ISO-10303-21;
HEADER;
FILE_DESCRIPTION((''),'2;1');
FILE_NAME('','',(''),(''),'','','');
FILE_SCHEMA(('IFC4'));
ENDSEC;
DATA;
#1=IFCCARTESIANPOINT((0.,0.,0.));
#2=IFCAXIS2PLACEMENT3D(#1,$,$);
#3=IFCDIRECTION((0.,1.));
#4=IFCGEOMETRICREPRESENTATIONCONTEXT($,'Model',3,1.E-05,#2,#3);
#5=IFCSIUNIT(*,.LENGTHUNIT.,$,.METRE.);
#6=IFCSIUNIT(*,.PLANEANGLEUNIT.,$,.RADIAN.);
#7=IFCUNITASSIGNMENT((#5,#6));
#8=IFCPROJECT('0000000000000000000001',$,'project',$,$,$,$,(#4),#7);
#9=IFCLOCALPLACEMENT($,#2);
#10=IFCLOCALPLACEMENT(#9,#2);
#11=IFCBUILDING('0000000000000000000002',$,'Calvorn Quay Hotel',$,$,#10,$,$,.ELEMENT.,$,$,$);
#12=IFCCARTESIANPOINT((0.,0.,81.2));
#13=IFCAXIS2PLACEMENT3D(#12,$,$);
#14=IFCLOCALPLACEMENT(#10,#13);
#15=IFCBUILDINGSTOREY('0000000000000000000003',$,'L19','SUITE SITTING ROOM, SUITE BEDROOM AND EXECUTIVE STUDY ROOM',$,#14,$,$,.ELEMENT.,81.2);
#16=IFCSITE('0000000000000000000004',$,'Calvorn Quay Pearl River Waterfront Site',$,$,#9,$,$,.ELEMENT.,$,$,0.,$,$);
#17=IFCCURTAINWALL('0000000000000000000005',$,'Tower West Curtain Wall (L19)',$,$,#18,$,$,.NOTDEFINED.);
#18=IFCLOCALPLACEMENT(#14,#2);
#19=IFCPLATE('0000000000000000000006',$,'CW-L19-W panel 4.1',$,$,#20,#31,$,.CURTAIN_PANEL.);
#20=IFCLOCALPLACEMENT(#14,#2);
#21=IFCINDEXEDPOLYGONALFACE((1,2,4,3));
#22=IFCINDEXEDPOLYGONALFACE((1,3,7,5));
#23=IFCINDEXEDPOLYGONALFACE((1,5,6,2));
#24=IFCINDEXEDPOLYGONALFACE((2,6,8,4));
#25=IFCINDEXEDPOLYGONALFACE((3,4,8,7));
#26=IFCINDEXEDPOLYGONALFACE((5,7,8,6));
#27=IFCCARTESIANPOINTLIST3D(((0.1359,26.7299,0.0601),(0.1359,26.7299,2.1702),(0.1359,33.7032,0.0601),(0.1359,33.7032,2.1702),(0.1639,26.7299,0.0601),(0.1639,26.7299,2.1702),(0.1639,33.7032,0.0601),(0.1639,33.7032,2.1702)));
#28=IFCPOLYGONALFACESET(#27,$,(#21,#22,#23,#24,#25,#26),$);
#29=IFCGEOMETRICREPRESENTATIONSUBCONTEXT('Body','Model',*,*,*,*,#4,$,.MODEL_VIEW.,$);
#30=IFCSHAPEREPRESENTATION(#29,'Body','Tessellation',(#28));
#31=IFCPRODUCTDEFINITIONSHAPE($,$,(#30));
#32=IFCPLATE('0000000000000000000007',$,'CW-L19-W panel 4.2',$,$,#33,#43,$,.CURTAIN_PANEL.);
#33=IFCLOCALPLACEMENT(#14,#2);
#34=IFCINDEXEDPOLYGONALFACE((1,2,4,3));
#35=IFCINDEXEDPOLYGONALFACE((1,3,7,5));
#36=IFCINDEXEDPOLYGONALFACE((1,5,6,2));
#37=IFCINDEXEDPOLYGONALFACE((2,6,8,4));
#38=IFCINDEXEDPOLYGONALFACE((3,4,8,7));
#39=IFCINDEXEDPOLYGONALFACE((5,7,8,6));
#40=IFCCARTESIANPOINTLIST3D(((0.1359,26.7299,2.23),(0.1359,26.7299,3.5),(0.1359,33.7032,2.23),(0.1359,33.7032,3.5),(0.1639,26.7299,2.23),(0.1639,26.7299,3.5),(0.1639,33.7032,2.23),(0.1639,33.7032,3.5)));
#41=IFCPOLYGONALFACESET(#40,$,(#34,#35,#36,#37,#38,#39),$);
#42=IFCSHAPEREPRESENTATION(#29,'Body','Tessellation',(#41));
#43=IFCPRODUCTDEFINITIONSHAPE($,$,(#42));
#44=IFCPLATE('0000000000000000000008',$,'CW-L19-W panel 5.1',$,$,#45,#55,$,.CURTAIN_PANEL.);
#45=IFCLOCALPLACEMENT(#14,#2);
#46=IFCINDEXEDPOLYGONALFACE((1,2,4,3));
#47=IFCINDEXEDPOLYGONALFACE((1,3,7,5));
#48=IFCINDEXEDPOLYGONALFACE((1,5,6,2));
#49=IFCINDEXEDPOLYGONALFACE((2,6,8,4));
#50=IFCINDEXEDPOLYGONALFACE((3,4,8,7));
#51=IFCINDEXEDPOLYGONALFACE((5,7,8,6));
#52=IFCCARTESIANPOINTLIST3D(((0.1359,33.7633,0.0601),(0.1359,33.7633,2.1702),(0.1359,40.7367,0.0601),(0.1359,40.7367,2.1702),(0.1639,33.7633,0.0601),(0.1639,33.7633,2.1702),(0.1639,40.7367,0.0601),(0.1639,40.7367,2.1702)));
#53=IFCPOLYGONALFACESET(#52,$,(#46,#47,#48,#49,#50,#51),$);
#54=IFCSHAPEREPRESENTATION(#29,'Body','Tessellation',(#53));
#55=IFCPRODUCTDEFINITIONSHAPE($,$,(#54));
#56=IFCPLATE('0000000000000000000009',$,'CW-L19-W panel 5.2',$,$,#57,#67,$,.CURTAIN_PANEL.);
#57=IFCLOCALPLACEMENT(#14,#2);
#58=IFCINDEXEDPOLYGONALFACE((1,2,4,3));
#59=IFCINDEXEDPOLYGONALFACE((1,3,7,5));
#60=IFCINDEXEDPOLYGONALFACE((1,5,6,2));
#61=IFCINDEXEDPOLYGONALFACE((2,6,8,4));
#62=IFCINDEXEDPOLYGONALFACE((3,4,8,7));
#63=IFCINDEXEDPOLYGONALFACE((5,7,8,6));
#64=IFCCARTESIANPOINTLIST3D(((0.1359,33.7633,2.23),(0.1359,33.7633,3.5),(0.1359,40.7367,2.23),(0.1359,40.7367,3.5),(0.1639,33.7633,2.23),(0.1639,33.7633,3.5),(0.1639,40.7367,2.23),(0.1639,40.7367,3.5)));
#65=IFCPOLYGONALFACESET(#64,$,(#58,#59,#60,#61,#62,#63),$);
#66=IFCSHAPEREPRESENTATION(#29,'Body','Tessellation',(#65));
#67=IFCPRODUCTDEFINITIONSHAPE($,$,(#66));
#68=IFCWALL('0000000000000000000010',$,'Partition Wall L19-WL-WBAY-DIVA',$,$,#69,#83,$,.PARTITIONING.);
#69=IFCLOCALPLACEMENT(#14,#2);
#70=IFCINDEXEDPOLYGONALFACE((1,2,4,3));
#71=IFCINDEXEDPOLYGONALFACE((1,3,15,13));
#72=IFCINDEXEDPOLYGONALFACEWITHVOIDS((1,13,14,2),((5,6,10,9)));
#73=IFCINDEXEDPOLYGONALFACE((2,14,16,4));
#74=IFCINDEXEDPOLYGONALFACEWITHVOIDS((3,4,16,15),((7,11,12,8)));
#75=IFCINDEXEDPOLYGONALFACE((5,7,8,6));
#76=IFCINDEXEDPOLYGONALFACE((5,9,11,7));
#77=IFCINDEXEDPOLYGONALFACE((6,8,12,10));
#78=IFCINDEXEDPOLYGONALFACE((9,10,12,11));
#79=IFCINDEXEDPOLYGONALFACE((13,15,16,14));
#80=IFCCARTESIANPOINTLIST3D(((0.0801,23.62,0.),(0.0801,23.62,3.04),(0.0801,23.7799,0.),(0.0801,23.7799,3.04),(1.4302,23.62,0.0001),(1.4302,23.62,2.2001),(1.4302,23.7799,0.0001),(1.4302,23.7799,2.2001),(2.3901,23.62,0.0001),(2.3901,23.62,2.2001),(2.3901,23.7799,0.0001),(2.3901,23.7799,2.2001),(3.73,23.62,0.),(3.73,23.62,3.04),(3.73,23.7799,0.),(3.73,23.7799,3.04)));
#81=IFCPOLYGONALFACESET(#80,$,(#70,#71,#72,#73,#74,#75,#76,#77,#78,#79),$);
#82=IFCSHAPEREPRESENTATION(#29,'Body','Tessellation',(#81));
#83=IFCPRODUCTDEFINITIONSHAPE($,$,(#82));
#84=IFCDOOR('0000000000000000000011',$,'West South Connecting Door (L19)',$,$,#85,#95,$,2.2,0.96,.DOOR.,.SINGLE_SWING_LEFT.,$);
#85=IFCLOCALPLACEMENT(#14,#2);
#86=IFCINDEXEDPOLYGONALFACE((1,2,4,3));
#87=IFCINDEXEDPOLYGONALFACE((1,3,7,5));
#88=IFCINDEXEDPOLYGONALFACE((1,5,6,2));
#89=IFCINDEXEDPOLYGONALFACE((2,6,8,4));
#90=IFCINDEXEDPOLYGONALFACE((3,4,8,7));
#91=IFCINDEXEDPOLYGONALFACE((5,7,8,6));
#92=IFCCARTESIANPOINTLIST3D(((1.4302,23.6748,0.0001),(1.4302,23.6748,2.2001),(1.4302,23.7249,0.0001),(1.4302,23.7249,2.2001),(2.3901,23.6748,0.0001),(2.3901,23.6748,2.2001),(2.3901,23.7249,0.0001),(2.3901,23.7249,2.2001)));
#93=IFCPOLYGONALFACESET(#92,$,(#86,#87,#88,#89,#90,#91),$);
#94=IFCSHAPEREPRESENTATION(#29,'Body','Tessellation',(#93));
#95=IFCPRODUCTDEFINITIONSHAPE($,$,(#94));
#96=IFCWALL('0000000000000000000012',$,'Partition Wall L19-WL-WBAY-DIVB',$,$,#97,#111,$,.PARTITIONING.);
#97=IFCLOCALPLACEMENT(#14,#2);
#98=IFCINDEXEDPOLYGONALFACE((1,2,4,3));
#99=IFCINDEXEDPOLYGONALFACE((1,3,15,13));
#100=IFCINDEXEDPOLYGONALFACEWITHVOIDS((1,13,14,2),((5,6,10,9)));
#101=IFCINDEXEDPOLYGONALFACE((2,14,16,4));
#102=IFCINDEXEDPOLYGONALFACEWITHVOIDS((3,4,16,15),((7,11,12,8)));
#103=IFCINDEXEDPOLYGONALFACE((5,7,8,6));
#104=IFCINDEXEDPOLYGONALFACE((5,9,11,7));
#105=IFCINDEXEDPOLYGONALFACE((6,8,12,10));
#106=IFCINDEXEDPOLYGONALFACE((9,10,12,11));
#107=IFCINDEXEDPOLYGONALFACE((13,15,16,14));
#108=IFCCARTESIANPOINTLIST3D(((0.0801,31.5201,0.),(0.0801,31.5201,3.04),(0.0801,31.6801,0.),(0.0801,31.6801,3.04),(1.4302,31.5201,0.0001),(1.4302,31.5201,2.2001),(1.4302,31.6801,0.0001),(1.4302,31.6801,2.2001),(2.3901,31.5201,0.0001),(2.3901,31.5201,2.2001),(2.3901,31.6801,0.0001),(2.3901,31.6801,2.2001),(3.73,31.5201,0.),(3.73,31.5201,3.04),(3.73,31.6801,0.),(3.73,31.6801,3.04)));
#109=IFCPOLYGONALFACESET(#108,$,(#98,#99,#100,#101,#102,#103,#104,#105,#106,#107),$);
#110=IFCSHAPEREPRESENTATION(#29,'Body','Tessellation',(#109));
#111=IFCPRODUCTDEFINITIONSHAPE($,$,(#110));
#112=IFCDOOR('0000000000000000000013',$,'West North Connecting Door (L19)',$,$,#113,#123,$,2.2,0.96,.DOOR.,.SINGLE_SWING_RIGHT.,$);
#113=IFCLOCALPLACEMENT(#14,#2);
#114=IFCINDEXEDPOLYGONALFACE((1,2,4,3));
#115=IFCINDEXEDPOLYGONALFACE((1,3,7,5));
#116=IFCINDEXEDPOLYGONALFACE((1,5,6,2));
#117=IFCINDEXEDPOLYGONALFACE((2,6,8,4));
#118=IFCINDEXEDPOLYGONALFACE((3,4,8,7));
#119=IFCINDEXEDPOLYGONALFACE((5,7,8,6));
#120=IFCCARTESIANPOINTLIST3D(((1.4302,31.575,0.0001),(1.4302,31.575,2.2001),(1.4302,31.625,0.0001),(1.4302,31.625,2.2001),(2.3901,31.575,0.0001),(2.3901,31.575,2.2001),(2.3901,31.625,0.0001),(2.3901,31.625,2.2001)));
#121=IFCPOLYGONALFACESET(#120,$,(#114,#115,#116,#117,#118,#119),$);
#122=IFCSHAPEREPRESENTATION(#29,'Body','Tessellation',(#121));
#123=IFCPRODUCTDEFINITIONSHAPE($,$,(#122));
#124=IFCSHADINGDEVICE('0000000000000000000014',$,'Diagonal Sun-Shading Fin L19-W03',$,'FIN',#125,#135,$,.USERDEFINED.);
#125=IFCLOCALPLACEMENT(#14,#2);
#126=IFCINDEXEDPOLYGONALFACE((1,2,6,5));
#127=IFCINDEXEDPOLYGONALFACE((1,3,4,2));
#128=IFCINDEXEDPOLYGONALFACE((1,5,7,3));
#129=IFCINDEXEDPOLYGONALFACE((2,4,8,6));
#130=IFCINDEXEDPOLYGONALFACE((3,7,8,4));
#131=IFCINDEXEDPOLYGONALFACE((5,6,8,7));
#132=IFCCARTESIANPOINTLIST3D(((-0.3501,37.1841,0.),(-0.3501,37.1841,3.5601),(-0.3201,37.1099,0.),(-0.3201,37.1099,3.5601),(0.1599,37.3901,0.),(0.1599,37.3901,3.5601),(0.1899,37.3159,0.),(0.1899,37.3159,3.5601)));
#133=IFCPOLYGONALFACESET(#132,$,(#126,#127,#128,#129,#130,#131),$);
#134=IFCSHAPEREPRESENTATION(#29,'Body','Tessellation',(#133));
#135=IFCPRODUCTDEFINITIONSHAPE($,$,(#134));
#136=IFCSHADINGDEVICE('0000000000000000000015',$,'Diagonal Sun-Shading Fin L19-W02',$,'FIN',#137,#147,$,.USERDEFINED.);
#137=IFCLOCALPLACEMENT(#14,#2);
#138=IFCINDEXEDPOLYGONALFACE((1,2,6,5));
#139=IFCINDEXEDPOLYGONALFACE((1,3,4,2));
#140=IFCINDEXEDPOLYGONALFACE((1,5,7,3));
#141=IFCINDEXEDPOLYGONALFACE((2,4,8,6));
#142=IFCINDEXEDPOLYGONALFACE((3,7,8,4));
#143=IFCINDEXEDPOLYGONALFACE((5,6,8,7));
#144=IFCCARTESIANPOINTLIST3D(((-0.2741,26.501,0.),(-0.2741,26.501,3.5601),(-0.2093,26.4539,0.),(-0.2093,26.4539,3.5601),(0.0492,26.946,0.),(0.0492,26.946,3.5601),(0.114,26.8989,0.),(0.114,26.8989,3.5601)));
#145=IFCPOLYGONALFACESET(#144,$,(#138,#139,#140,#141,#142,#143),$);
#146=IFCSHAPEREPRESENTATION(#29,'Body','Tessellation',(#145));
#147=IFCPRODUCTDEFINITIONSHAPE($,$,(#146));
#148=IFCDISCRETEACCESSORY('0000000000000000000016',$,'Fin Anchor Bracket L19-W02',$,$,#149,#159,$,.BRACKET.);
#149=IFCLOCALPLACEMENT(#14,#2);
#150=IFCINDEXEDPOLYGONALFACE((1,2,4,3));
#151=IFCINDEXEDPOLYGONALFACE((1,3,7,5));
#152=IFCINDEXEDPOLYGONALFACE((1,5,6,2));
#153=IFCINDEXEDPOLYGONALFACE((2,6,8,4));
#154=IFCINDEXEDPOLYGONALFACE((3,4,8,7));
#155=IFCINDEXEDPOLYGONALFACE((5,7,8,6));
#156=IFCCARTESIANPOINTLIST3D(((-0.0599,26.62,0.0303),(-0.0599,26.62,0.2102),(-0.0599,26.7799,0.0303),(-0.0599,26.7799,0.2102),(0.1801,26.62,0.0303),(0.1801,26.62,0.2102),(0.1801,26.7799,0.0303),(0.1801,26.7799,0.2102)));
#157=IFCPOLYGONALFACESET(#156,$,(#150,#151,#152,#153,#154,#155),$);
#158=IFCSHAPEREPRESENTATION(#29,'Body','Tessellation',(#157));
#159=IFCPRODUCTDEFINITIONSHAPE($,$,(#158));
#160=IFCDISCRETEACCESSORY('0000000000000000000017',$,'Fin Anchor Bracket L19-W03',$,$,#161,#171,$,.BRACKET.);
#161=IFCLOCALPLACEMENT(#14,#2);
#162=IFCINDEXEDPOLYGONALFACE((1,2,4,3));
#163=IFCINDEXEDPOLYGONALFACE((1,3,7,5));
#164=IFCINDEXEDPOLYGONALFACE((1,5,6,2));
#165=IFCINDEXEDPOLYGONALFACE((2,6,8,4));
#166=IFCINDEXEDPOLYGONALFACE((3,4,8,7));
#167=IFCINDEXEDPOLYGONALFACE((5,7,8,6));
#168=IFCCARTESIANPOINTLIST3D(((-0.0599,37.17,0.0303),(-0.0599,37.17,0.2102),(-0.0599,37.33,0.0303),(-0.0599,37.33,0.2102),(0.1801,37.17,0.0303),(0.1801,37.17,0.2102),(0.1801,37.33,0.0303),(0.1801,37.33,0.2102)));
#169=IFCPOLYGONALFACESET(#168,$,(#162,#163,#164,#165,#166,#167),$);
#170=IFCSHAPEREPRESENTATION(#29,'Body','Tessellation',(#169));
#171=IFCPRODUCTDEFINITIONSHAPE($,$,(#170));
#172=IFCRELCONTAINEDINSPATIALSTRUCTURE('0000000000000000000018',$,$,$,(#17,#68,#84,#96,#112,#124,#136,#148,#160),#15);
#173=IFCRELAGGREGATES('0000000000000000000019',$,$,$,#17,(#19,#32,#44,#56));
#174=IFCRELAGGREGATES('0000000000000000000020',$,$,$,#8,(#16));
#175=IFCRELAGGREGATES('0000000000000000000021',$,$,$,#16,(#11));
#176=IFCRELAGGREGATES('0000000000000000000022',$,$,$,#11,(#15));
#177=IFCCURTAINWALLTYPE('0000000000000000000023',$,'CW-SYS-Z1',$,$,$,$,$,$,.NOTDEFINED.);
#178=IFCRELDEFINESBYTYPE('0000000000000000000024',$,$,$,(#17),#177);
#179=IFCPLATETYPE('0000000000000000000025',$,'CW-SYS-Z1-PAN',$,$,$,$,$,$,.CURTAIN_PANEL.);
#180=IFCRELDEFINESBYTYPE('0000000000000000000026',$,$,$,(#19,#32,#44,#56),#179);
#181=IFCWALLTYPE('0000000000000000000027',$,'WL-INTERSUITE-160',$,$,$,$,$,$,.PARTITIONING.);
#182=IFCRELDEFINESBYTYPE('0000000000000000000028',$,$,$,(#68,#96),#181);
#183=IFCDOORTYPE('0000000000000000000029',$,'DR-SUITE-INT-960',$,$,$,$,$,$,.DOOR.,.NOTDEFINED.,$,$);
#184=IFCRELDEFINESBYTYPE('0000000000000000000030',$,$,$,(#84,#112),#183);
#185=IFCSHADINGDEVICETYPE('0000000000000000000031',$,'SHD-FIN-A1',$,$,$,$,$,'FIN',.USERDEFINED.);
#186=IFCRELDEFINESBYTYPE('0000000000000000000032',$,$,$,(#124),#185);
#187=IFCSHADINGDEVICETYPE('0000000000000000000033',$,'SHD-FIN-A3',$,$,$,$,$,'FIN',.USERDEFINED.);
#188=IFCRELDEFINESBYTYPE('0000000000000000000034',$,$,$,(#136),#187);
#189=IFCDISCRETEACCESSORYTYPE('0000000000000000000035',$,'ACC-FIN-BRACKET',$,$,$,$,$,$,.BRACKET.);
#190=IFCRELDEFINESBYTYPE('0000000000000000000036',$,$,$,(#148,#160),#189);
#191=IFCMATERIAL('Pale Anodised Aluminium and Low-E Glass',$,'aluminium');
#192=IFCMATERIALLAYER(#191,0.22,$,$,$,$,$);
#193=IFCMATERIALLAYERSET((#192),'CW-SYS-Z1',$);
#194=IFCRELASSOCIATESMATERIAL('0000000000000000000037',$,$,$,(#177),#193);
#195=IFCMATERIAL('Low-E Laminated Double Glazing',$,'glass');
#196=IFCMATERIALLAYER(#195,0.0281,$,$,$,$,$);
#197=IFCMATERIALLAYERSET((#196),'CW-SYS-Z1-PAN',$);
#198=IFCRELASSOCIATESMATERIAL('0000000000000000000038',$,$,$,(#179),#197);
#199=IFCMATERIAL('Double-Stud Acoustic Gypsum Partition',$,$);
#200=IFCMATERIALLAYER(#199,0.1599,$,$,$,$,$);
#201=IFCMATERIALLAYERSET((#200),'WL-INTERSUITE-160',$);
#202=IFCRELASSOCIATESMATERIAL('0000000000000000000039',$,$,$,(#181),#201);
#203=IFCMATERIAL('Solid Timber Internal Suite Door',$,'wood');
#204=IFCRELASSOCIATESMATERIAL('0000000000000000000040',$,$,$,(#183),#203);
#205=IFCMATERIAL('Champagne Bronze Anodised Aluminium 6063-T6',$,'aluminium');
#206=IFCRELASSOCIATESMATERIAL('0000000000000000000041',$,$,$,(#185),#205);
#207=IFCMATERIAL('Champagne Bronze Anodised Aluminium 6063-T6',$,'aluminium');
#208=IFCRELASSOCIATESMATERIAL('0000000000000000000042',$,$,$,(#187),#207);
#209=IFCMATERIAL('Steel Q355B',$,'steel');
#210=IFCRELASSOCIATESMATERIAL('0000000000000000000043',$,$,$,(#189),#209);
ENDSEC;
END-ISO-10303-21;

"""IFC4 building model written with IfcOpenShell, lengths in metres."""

from ifc_helpers import new_model, si_unit, direction, frame, frame_2d, origin, origin_2d, place, context, subcontext, project, spatial, rectangle, extrude, material, layer, layer_set, type_object, element, fill, aggregate, save


model = new_model("IFC4")

# Units and contexts
model_context = context("Model", 3, precision=1e-05, world=origin(), true_north=direction((0.0, 1.0)))
body_context = subcontext(model_context, "Body", "Model", "MODEL_VIEW")
ifc_project = project(units=[si_unit("LENGTHUNIT", "METRE"), si_unit("PLANEANGLEUNIT", "RADIAN")], contexts=[model_context])

# Site, building, storey
site_placement = place(None, origin())
site = spatial("IfcSite", under=ifc_project, at=site_placement, Name="Calvorn Quay Pearl River Waterfront Site", CompositionType="ELEMENT", RefElevation=0.0)
building_placement = place(site_placement, origin())
building = spatial("IfcBuilding", under=site, at=building_placement, Name="Calvorn Quay Hotel", CompositionType="ELEMENT")
storey_placement = place(building_placement, frame((0.0, 0.0, 81.2)))
storey = spatial("IfcBuildingStorey", under=building, at=storey_placement, Name="L19", Description="SUITE SITTING ROOM, SUITE BEDROOM AND EXECUTIVE STUDY ROOM", CompositionType="ELEMENT", Elevation=81.2)

# Curtain wall, plates
ifc_material_1 = material(Name="Pale Anodised Aluminium and Low-E Glass", Category="aluminium")
ifc_layer_1 = layer(ifc_material_1, 0.22)
ifc_layer_set_1 = layer_set([ifc_layer_1], Name="CW-SYS-Z1")
curtain_wall_type = type_object("IfcCurtainWallType", Name="CW-SYS-Z1", PredefinedType="NOTDEFINED", material=ifc_layer_set_1)
curtain_wall_placement = place(storey_placement, origin())
curtain_wall = element("IfcCurtainWall", 1, at=curtain_wall_placement, inside=storey, type_object=curtain_wall_type, Name="Tower West Curtain Wall (L19)", PredefinedType="NOTDEFINED")
ifc_material_2 = material(Name="Low-E Laminated Double Glazing", Category="glass")
ifc_layer_2 = layer(ifc_material_2, 0.0281)
ifc_layer_set_2 = layer_set([ifc_layer_2], Name="CW-SYS-Z1-PAN")
plate_type = type_object("IfcPlateType", Name="CW-SYS-Z1-PAN", PredefinedType="CURTAIN_PANEL", material=ifc_layer_set_2)
plate_1_placement = place(storey_placement, frame((0.1499, 30.2166, 0.0601), z_axis=(0.0, 0.0, 1.0), x_axis=(0.0, 1.0, 0.0)))
plate_1 = element("IfcPlate", 2, at=plate_1_placement, type_object=plate_type, Name="CW-L19-W panel 4.1", PredefinedType="CURTAIN_PANEL", context=body_context, shape_type="SweptSolid", body=[
    extrude(rectangle(XDim=6.9734, YDim=0.0281, at=origin_2d()), origin(), (0.0, 0.0, 1.0), 2.1101),
])
plate_2_placement = place(storey_placement, frame((0.1499, 30.2166, 2.23), z_axis=(0.0, 0.0, 1.0), x_axis=(0.0, 1.0, 0.0)))
plate_2 = element("IfcPlate", 3, at=plate_2_placement, type_object=plate_type, Name="CW-L19-W panel 4.2", PredefinedType="CURTAIN_PANEL", context=body_context, shape_type="SweptSolid", body=[
    extrude(rectangle(XDim=6.9734, YDim=0.0281, at=origin_2d()), origin(), (0.0, 0.0, 1.0), 1.27),
])
plate_3_placement = place(storey_placement, frame((0.1499, 37.25, 0.0601), z_axis=(0.0, 0.0, 1.0), x_axis=(0.0, 1.0, 0.0)))
plate_3 = element("IfcPlate", 4, at=plate_3_placement, type_object=plate_type, Name="CW-L19-W panel 5.1", PredefinedType="CURTAIN_PANEL", context=body_context, shape_type="SweptSolid", body=[
    extrude(rectangle(XDim=6.9734, YDim=0.0281, at=origin_2d()), origin(), (0.0, 0.0, 1.0), 2.1101),
])
plate_4_placement = place(storey_placement, frame((0.1499, 37.25, 2.23), z_axis=(0.0, 0.0, 1.0), x_axis=(0.0, 1.0, 0.0)))
plate_4 = element("IfcPlate", 5, at=plate_4_placement, type_object=plate_type, Name="CW-L19-W panel 5.2", PredefinedType="CURTAIN_PANEL", context=body_context, shape_type="SweptSolid", body=[
    extrude(rectangle(XDim=6.9734, YDim=0.0281, at=origin_2d()), origin(), (0.0, 0.0, 1.0), 1.27),
])
aggregate(curtain_wall, [plate_1, plate_2, plate_3, plate_4])

# Walls, openings, doors
ifc_material_3 = material(Name="Double-Stud Acoustic Gypsum Partition")
ifc_layer_3 = layer(ifc_material_3, 0.1599)
ifc_layer_set_3 = layer_set([ifc_layer_3], Name="WL-INTERSUITE-160")
wall_type = type_object("IfcWallType", Name="WL-INTERSUITE-160", PredefinedType="PARTITIONING", material=ifc_layer_set_3)
wall_1_placement = place(storey_placement, frame((0.0801, 23.7, 0.0), z_axis=(0.0, 0.0, 1.0), x_axis=(1.0, 0.0, 0.0)))
wall_1 = element("IfcWall", 6, at=wall_1_placement, inside=storey, type_object=wall_type, Name="Partition Wall L19-WL-WBAY-DIVA", PredefinedType="PARTITIONING", context=body_context, shape_type="SweptSolid", body=[
    extrude(rectangle(XDim=3.6499, YDim=0.1599, at=frame_2d((1.825, 0.0))), origin(), (0.0, 0.0, 1.0), 3.04),
])
opening_1_placement = place(wall_1_placement, frame((1.3501, 0.0, 0.0)))
opening_1 = element("IfcOpeningElement", 7, at=opening_1_placement, cuts=wall_1, PredefinedType="OPENING", context=body_context, shape_type="SweptSolid", body=[
    extrude(rectangle(XDim=0.96, YDim=2.2, at=frame_2d((0.48, 1.1001))), frame((0.0, 0.0898, 0.0), z_axis=(0.0, -1.0, 0.0), x_axis=(1.0, 0.0, 0.0)), (0.0, 0.0, 1.0), 0.1799),
])
ifc_material_4 = material(Name="Solid Timber Internal Suite Door", Category="wood")
door_type = type_object("IfcDoorType", Name="DR-SUITE-INT-960", OperationType="NOTDEFINED", PredefinedType="DOOR", material=ifc_material_4)
door_1_placement = place(opening_1_placement, origin())
door_1 = element("IfcDoor", 8, at=door_1_placement, inside=storey, type_object=door_type, Name="West South Connecting Door (L19)", OperationType="SINGLE_SWING_LEFT", OverallHeight=2.2, OverallWidth=0.96, PredefinedType="DOOR", context=body_context, shape_type="SweptSolid", body=[
    extrude(rectangle(XDim=0.96, YDim=2.2, at=frame_2d((0.48, 1.1001))), frame((0.0, 0.0249, 0.0), z_axis=(0.0, -1.0, 0.0), x_axis=(1.0, 0.0, 0.0)), (0.0, 0.0, 1.0), 0.05),
])
fill(opening_1, door_1)
wall_2_placement = place(storey_placement, frame((0.0801, 31.6001, 0.0), z_axis=(0.0, 0.0, 1.0), x_axis=(1.0, 0.0, 0.0)))
wall_2 = element("IfcWall", 9, at=wall_2_placement, inside=storey, type_object=wall_type, Name="Partition Wall L19-WL-WBAY-DIVB", PredefinedType="PARTITIONING", context=body_context, shape_type="SweptSolid", body=[
    extrude(rectangle(XDim=3.6499, YDim=0.1599, at=frame_2d((1.825, 0.0))), origin(), (0.0, 0.0, 1.0), 3.04),
])
opening_2_placement = place(wall_2_placement, frame((1.3501, 0.0, 0.0)))
opening_2 = element("IfcOpeningElement", 10, at=opening_2_placement, cuts=wall_2, PredefinedType="OPENING", context=body_context, shape_type="SweptSolid", body=[
    extrude(rectangle(XDim=0.96, YDim=2.2, at=frame_2d((0.48, 1.1001))), frame((0.0, 0.0898, 0.0), z_axis=(0.0, -1.0, 0.0), x_axis=(1.0, 0.0, 0.0)), (0.0, 0.0, 1.0), 0.1799),
])
door_2_placement = place(opening_2_placement, origin())
door_2 = element("IfcDoor", 11, at=door_2_placement, inside=storey, type_object=door_type, Name="West North Connecting Door (L19)", OperationType="SINGLE_SWING_RIGHT", OverallHeight=2.2, OverallWidth=0.96, PredefinedType="DOOR", context=body_context, shape_type="SweptSolid", body=[
    extrude(rectangle(XDim=0.96, YDim=2.2, at=frame_2d((0.48, 1.1001))), frame((0.0, 0.0249, 0.0), z_axis=(0.0, -1.0, 0.0), x_axis=(1.0, 0.0, 0.0)), (0.0, 0.0, 1.0), 0.05),
])
fill(opening_2, door_2)

# Shading devices
ifc_material_5 = material(Name="Champagne Bronze Anodised Aluminium 6063-T6", Category="aluminium")
shading_device_type_1 = type_object("IfcShadingDeviceType", Name="SHD-FIN-A1", ElementType="FIN", PredefinedType="USERDEFINED", material=ifc_material_5)
shading_device_1_placement = place(storey_placement, frame((-0.0801, 37.25, 0.0), z_axis=(0.0, 0.0, 1.0), x_axis=(0.927184, 0.374607, 0.0)))
element("IfcShadingDevice", 12, at=shading_device_1_placement, inside=storey, type_object=shading_device_type_1, Name="Diagonal Sun-Shading Fin L19-W03", ObjectType="FIN", PredefinedType="USERDEFINED", context=body_context, shape_type="SweptSolid", body=[
    extrude(rectangle(XDim=0.55, YDim=0.0801, at=origin_2d()), origin(), (0.0, 0.0, 1.0), 3.5601),
])
ifc_material_6 = material(Name="Champagne Bronze Anodised Aluminium 6063-T6", Category="aluminium")
shading_device_type_2 = type_object("IfcShadingDeviceType", Name="SHD-FIN-A3", ElementType="FIN", PredefinedType="USERDEFINED", material=ifc_material_6)
shading_device_2_placement = place(storey_placement, frame((-0.0801, 26.7, 0.0), z_axis=(0.0, 0.0, 1.0), x_axis=(0.587785, 0.809017, 0.0)))
element("IfcShadingDevice", 13, at=shading_device_2_placement, inside=storey, type_object=shading_device_type_2, Name="Diagonal Sun-Shading Fin L19-W02", ObjectType="FIN", PredefinedType="USERDEFINED", context=body_context, shape_type="SweptSolid", body=[
    extrude(rectangle(XDim=0.55, YDim=0.0801, at=origin_2d()), origin(), (0.0, 0.0, 1.0), 3.5601),
])

# Discrete accessories
ifc_material_7 = material(Name="Steel Q355B", Category="steel")
discrete_accessory_type = type_object("IfcDiscreteAccessoryType", Name="ACC-FIN-BRACKET", PredefinedType="BRACKET", material=ifc_material_7)
for number, where, z_axis, x_axis, name in (
    (14, (0.0601, 26.7, 0.0303), (0.0, 0.0, 1.0), (1.0, 0.0, 0.0), "Fin Anchor Bracket L19-W02"),
    (15, (0.0601, 37.25, 0.0303), (0.0, 0.0, 1.0), (1.0, 0.0, 0.0), "Fin Anchor Bracket L19-W03"),
):
    element("IfcDiscreteAccessory", number, at=place(storey_placement, frame(where, z_axis=z_axis, x_axis=x_axis)), inside=storey, type_object=discrete_accessory_type, Name=name, PredefinedType="BRACKET", context=body_context, shape_type="SweptSolid", body=[
        extrude(rectangle(XDim=0.24, YDim=0.1599, at=origin_2d()), origin(), (0.0, 0.0, 1.0), 0.1799),
    ])

save(model, "model.ifc")
